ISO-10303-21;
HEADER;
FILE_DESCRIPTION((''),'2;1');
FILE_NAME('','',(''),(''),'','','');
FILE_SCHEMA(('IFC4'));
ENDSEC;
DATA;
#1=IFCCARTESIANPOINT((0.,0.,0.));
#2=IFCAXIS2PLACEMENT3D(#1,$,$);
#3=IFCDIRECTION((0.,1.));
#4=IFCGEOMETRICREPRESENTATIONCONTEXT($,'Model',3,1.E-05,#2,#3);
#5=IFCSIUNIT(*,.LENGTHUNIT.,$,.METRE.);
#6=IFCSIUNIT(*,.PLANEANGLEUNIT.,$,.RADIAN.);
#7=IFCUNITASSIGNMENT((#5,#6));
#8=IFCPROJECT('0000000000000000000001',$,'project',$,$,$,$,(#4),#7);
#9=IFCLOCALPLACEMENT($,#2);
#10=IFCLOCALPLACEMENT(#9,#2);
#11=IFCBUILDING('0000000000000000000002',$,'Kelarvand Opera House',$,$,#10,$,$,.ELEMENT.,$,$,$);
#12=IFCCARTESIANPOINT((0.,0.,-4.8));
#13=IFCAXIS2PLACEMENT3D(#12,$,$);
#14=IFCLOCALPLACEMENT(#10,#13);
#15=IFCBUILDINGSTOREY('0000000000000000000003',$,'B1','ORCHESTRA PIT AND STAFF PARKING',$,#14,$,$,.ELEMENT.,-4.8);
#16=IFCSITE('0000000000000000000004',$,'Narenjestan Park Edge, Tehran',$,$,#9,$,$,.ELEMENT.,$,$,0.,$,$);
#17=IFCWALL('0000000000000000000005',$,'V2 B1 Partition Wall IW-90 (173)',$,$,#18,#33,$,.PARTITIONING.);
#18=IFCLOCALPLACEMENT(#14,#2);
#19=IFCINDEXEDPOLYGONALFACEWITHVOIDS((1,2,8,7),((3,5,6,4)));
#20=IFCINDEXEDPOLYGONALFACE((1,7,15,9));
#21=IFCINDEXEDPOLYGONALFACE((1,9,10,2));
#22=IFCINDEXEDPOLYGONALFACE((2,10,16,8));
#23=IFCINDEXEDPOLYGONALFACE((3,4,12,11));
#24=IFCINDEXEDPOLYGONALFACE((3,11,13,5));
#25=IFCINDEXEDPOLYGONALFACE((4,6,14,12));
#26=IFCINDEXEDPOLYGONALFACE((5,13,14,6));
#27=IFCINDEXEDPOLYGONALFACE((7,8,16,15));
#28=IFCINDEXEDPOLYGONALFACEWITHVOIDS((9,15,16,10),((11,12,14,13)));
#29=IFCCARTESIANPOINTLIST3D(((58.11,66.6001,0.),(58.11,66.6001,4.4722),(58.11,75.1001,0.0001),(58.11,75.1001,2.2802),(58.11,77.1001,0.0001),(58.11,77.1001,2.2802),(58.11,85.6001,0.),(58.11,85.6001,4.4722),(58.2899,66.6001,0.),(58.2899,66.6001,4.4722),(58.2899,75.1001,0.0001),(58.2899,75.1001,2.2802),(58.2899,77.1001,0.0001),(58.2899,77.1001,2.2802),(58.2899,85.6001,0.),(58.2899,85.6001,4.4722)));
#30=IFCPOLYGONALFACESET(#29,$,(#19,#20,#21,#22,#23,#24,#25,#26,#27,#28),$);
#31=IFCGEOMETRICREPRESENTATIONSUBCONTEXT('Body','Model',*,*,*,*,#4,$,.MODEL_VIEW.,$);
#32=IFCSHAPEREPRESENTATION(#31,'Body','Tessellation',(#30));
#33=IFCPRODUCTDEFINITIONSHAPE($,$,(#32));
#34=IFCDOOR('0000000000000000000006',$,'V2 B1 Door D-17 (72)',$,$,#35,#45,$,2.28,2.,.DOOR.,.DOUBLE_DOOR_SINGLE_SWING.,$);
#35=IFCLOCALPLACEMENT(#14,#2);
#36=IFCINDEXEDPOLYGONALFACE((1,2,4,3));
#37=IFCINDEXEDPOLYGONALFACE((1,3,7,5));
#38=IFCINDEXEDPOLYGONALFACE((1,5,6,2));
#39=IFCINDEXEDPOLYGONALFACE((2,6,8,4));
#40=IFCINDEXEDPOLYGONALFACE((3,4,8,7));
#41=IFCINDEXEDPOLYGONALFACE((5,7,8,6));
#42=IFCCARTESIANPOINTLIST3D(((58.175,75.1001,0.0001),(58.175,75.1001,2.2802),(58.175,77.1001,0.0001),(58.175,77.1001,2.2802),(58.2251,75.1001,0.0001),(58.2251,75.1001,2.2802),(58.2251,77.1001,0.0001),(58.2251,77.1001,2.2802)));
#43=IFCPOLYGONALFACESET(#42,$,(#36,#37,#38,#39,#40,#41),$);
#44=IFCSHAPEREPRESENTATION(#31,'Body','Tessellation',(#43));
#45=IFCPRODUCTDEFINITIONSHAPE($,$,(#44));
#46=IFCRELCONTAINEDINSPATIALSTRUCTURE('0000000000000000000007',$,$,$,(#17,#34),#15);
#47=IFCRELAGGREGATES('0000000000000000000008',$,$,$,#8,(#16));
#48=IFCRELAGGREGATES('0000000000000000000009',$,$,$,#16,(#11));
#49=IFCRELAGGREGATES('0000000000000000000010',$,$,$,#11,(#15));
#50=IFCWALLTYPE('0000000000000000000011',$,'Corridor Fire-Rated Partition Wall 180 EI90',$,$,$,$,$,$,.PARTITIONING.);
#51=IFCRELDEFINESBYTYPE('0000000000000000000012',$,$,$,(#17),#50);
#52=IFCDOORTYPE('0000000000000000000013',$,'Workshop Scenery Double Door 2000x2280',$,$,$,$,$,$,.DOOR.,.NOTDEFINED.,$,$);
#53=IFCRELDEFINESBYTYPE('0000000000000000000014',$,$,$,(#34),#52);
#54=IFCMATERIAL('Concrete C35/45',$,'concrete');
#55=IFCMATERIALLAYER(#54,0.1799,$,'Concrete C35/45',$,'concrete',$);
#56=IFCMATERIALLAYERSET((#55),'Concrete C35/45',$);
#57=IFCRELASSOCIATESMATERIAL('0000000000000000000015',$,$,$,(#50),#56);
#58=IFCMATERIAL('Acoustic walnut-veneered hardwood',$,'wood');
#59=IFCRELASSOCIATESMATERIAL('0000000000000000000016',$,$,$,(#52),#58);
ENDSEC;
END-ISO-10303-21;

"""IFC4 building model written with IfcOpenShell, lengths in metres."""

from ifc_helpers import new_model, si_unit, direction, frame, frame_2d, origin, place, context, subcontext, project, spatial, rectangle, extrude, material, layer, layer_set, type_object, element, fill, save


model = new_model("IFC4")

# Units and contexts
model_context = context("Model", 3, precision=1e-05, world=origin(), true_north=direction((0.0, 1.0)))
body_context = subcontext(model_context, "Body", "Model", "MODEL_VIEW")
ifc_project = project(units=[si_unit("LENGTHUNIT", "METRE"), si_unit("PLANEANGLEUNIT", "RADIAN")], contexts=[model_context])

# Site, building, storey
site_placement = place(None, origin())
site = spatial("IfcSite", under=ifc_project, at=site_placement, Name="Narenjestan Park Edge, Tehran", CompositionType="ELEMENT", RefElevation=0.0)
building_placement = place(site_placement, origin())
building = spatial("IfcBuilding", under=site, at=building_placement, Name="Kelarvand Opera House", CompositionType="ELEMENT")
storey_placement = place(building_placement, frame((0.0, 0.0, -4.8)))
storey = spatial("IfcBuildingStorey", under=building, at=storey_placement, Name="B1", Description="ORCHESTRA PIT AND STAFF PARKING", CompositionType="ELEMENT", Elevation=-4.8)

# Shared definitions
ifc_material_1 = material(Name="Concrete C35/45", Category="concrete")
ifc_layer_1 = layer(ifc_material_1, 0.1799, Name="Concrete C35/45", Category="concrete")
ifc_layer_set_1 = layer_set([ifc_layer_1], Name="Concrete C35/45")
wall_type_1 = type_object("IfcWallType", Name="Corridor Fire-Rated Partition Wall 180 EI90", PredefinedType="PARTITIONING", material=ifc_layer_set_1)

# Wall, opening, door
ifc_material_2 = material(Name="Acoustic walnut-veneered hardwood", Category="wood")
wall_1_placement = place(storey_placement, frame((58.2, 66.6001, 0.0), z_axis=(0.0, 0.0, 1.0), x_axis=(0.0, 1.0, 0.0)))
wall_1 = element("IfcWall", 1, at=wall_1_placement, inside=storey, type_object=wall_type_1, Name="V2 B1 Partition Wall IW-90 (173)", PredefinedType="PARTITIONING", context=body_context, shape_type="SweptSolid", body=[
    extrude(rectangle(XDim=19.0, YDim=0.1799, at=frame_2d((9.5, 0.0))), origin(), (0.0, 0.0, 1.0), 4.4722),
])
opening_1_placement = place(wall_1_placement, frame((8.5, 0.0, 0.0)))
opening_1 = element("IfcOpeningElement", 2, at=opening_1_placement, cuts=wall_1, PredefinedType="OPENING", context=body_context, shape_type="SweptSolid", body=[
    extrude(rectangle(XDim=2.0, YDim=2.28, at=frame_2d((1.0, 1.1401))), frame((0.0, 0.1001, 0.0), z_axis=(0.0, -1.0, 0.0), x_axis=(1.0, 0.0, 0.0)), (0.0, 0.0, 1.0), 0.2),
])
door_type_1 = type_object("IfcDoorType", Name="Workshop Scenery Double Door 2000x2280", OperationType="NOTDEFINED", PredefinedType="DOOR", material=ifc_material_2)
door_1_placement = place(opening_1_placement, origin())
door_1 = element("IfcDoor", 3, at=door_1_placement, inside=storey, type_object=door_type_1, Name="V2 B1 Door D-17 (72)", OperationType="DOUBLE_DOOR_SINGLE_SWING", OverallHeight=2.28, OverallWidth=2.0, PredefinedType="DOOR", context=body_context, shape_type="SweptSolid", body=[
    extrude(rectangle(XDim=2.0, YDim=2.28, at=frame_2d((1.0, 1.1401))), frame((0.0, 0.0249, 0.0), z_axis=(0.0, -1.0, 0.0), x_axis=(1.0, 0.0, 0.0)), (0.0, 0.0, 1.0), 0.05),
])
fill(opening_1, door_1)

save(model, "model.ifc")
